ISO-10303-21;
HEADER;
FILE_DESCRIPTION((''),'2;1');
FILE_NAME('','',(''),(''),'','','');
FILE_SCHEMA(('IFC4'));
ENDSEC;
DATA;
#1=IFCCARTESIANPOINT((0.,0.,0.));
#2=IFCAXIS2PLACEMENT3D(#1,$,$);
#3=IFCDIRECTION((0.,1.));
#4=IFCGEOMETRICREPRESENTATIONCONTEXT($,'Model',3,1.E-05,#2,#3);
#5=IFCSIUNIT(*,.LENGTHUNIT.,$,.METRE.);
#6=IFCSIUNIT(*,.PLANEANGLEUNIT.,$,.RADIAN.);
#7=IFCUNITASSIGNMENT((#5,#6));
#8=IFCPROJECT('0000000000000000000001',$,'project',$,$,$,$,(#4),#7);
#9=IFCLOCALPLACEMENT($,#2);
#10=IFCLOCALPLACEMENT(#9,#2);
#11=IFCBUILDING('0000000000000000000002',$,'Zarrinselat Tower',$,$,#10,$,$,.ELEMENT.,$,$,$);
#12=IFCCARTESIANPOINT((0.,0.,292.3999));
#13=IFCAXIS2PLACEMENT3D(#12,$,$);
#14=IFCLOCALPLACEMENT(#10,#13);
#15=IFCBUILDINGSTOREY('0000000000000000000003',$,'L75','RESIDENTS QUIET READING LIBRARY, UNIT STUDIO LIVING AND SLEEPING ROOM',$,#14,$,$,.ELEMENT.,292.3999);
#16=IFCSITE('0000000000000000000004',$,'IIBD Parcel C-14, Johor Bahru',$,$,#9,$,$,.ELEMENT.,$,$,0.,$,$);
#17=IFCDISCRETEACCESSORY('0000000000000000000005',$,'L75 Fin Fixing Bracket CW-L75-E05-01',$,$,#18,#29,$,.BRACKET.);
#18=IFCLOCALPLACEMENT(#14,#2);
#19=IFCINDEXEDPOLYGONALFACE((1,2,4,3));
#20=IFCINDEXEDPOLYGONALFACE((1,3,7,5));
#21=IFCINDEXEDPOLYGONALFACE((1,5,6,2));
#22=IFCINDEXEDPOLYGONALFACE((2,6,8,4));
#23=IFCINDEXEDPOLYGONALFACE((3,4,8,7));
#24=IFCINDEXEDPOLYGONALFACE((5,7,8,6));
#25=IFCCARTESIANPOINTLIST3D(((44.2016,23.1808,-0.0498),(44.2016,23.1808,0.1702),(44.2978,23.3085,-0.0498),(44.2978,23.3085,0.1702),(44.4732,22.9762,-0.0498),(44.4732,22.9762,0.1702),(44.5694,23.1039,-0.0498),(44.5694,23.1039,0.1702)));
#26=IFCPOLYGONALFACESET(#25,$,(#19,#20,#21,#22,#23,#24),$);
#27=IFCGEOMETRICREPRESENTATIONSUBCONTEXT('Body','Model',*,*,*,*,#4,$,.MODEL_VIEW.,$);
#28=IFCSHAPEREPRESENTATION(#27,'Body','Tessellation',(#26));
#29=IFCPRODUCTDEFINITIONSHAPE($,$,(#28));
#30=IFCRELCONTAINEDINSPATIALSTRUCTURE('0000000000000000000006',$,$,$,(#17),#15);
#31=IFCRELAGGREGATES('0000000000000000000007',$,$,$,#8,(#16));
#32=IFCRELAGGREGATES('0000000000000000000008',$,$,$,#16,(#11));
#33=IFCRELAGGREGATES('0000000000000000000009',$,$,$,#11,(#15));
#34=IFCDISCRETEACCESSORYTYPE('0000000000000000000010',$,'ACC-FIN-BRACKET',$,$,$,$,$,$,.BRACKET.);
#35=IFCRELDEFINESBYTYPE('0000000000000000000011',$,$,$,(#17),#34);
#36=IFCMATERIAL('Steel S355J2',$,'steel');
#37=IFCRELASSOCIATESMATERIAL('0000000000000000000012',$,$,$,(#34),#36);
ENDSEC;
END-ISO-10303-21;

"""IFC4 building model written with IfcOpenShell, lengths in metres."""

from ifc_helpers import new_model, si_unit, direction, frame, origin, origin_2d, place, context, subcontext, project, spatial, rectangle, extrude, material, type_object, element, save


model = new_model("IFC4")

# Units and contexts
model_context = context("Model", 3, precision=1e-05, world=origin(), true_north=direction((0.0, 1.0)))
body_context = subcontext(model_context, "Body", "Model", "MODEL_VIEW")
ifc_project = project(units=[si_unit("LENGTHUNIT", "METRE"), si_unit("PLANEANGLEUNIT", "RADIAN")], contexts=[model_context])

# Site, building, storey
site_placement = place(None, origin())
site = spatial("IfcSite", under=ifc_project, at=site_placement, Name="IIBD Parcel C-14, Johor Bahru", CompositionType="ELEMENT", RefElevation=0.0)
building_placement = place(site_placement, origin())
building = spatial("IfcBuilding", under=site, at=building_placement, Name="Zarrinselat Tower", CompositionType="ELEMENT")
storey_placement = place(building_placement, frame((0.0, 0.0, 292.3999)))
storey = spatial("IfcBuildingStorey", under=building, at=storey_placement, Name="L75", Description="RESIDENTS QUIET READING LIBRARY, UNIT STUDIO LIVING AND SLEEPING ROOM", CompositionType="ELEMENT", Elevation=292.3999)

# Discrete accessory
ifc_material_1 = material(Name="Steel S355J2", Category="steel")
discrete_accessory_type = type_object("IfcDiscreteAccessoryType", Name="ACC-FIN-BRACKET", PredefinedType="BRACKET", material=ifc_material_1)
discrete_accessory_placement = place(storey_placement, frame((44.3855, 23.1423, -0.0498), z_axis=(0.0, 0.0, 1.0), x_axis=(0.798743, -0.601673, 0.0)))
element("IfcDiscreteAccessory", 1, at=discrete_accessory_placement, inside=storey, type_object=discrete_accessory_type, Name="L75 Fin Fixing Bracket CW-L75-E05-01", PredefinedType="BRACKET", context=body_context, shape_type="SweptSolid", body=[
    extrude(rectangle(XDim=0.3401, YDim=0.1599, at=origin_2d()), origin(), (0.0, 0.0, 1.0), 0.22),
])

save(model, "model.ifc")
